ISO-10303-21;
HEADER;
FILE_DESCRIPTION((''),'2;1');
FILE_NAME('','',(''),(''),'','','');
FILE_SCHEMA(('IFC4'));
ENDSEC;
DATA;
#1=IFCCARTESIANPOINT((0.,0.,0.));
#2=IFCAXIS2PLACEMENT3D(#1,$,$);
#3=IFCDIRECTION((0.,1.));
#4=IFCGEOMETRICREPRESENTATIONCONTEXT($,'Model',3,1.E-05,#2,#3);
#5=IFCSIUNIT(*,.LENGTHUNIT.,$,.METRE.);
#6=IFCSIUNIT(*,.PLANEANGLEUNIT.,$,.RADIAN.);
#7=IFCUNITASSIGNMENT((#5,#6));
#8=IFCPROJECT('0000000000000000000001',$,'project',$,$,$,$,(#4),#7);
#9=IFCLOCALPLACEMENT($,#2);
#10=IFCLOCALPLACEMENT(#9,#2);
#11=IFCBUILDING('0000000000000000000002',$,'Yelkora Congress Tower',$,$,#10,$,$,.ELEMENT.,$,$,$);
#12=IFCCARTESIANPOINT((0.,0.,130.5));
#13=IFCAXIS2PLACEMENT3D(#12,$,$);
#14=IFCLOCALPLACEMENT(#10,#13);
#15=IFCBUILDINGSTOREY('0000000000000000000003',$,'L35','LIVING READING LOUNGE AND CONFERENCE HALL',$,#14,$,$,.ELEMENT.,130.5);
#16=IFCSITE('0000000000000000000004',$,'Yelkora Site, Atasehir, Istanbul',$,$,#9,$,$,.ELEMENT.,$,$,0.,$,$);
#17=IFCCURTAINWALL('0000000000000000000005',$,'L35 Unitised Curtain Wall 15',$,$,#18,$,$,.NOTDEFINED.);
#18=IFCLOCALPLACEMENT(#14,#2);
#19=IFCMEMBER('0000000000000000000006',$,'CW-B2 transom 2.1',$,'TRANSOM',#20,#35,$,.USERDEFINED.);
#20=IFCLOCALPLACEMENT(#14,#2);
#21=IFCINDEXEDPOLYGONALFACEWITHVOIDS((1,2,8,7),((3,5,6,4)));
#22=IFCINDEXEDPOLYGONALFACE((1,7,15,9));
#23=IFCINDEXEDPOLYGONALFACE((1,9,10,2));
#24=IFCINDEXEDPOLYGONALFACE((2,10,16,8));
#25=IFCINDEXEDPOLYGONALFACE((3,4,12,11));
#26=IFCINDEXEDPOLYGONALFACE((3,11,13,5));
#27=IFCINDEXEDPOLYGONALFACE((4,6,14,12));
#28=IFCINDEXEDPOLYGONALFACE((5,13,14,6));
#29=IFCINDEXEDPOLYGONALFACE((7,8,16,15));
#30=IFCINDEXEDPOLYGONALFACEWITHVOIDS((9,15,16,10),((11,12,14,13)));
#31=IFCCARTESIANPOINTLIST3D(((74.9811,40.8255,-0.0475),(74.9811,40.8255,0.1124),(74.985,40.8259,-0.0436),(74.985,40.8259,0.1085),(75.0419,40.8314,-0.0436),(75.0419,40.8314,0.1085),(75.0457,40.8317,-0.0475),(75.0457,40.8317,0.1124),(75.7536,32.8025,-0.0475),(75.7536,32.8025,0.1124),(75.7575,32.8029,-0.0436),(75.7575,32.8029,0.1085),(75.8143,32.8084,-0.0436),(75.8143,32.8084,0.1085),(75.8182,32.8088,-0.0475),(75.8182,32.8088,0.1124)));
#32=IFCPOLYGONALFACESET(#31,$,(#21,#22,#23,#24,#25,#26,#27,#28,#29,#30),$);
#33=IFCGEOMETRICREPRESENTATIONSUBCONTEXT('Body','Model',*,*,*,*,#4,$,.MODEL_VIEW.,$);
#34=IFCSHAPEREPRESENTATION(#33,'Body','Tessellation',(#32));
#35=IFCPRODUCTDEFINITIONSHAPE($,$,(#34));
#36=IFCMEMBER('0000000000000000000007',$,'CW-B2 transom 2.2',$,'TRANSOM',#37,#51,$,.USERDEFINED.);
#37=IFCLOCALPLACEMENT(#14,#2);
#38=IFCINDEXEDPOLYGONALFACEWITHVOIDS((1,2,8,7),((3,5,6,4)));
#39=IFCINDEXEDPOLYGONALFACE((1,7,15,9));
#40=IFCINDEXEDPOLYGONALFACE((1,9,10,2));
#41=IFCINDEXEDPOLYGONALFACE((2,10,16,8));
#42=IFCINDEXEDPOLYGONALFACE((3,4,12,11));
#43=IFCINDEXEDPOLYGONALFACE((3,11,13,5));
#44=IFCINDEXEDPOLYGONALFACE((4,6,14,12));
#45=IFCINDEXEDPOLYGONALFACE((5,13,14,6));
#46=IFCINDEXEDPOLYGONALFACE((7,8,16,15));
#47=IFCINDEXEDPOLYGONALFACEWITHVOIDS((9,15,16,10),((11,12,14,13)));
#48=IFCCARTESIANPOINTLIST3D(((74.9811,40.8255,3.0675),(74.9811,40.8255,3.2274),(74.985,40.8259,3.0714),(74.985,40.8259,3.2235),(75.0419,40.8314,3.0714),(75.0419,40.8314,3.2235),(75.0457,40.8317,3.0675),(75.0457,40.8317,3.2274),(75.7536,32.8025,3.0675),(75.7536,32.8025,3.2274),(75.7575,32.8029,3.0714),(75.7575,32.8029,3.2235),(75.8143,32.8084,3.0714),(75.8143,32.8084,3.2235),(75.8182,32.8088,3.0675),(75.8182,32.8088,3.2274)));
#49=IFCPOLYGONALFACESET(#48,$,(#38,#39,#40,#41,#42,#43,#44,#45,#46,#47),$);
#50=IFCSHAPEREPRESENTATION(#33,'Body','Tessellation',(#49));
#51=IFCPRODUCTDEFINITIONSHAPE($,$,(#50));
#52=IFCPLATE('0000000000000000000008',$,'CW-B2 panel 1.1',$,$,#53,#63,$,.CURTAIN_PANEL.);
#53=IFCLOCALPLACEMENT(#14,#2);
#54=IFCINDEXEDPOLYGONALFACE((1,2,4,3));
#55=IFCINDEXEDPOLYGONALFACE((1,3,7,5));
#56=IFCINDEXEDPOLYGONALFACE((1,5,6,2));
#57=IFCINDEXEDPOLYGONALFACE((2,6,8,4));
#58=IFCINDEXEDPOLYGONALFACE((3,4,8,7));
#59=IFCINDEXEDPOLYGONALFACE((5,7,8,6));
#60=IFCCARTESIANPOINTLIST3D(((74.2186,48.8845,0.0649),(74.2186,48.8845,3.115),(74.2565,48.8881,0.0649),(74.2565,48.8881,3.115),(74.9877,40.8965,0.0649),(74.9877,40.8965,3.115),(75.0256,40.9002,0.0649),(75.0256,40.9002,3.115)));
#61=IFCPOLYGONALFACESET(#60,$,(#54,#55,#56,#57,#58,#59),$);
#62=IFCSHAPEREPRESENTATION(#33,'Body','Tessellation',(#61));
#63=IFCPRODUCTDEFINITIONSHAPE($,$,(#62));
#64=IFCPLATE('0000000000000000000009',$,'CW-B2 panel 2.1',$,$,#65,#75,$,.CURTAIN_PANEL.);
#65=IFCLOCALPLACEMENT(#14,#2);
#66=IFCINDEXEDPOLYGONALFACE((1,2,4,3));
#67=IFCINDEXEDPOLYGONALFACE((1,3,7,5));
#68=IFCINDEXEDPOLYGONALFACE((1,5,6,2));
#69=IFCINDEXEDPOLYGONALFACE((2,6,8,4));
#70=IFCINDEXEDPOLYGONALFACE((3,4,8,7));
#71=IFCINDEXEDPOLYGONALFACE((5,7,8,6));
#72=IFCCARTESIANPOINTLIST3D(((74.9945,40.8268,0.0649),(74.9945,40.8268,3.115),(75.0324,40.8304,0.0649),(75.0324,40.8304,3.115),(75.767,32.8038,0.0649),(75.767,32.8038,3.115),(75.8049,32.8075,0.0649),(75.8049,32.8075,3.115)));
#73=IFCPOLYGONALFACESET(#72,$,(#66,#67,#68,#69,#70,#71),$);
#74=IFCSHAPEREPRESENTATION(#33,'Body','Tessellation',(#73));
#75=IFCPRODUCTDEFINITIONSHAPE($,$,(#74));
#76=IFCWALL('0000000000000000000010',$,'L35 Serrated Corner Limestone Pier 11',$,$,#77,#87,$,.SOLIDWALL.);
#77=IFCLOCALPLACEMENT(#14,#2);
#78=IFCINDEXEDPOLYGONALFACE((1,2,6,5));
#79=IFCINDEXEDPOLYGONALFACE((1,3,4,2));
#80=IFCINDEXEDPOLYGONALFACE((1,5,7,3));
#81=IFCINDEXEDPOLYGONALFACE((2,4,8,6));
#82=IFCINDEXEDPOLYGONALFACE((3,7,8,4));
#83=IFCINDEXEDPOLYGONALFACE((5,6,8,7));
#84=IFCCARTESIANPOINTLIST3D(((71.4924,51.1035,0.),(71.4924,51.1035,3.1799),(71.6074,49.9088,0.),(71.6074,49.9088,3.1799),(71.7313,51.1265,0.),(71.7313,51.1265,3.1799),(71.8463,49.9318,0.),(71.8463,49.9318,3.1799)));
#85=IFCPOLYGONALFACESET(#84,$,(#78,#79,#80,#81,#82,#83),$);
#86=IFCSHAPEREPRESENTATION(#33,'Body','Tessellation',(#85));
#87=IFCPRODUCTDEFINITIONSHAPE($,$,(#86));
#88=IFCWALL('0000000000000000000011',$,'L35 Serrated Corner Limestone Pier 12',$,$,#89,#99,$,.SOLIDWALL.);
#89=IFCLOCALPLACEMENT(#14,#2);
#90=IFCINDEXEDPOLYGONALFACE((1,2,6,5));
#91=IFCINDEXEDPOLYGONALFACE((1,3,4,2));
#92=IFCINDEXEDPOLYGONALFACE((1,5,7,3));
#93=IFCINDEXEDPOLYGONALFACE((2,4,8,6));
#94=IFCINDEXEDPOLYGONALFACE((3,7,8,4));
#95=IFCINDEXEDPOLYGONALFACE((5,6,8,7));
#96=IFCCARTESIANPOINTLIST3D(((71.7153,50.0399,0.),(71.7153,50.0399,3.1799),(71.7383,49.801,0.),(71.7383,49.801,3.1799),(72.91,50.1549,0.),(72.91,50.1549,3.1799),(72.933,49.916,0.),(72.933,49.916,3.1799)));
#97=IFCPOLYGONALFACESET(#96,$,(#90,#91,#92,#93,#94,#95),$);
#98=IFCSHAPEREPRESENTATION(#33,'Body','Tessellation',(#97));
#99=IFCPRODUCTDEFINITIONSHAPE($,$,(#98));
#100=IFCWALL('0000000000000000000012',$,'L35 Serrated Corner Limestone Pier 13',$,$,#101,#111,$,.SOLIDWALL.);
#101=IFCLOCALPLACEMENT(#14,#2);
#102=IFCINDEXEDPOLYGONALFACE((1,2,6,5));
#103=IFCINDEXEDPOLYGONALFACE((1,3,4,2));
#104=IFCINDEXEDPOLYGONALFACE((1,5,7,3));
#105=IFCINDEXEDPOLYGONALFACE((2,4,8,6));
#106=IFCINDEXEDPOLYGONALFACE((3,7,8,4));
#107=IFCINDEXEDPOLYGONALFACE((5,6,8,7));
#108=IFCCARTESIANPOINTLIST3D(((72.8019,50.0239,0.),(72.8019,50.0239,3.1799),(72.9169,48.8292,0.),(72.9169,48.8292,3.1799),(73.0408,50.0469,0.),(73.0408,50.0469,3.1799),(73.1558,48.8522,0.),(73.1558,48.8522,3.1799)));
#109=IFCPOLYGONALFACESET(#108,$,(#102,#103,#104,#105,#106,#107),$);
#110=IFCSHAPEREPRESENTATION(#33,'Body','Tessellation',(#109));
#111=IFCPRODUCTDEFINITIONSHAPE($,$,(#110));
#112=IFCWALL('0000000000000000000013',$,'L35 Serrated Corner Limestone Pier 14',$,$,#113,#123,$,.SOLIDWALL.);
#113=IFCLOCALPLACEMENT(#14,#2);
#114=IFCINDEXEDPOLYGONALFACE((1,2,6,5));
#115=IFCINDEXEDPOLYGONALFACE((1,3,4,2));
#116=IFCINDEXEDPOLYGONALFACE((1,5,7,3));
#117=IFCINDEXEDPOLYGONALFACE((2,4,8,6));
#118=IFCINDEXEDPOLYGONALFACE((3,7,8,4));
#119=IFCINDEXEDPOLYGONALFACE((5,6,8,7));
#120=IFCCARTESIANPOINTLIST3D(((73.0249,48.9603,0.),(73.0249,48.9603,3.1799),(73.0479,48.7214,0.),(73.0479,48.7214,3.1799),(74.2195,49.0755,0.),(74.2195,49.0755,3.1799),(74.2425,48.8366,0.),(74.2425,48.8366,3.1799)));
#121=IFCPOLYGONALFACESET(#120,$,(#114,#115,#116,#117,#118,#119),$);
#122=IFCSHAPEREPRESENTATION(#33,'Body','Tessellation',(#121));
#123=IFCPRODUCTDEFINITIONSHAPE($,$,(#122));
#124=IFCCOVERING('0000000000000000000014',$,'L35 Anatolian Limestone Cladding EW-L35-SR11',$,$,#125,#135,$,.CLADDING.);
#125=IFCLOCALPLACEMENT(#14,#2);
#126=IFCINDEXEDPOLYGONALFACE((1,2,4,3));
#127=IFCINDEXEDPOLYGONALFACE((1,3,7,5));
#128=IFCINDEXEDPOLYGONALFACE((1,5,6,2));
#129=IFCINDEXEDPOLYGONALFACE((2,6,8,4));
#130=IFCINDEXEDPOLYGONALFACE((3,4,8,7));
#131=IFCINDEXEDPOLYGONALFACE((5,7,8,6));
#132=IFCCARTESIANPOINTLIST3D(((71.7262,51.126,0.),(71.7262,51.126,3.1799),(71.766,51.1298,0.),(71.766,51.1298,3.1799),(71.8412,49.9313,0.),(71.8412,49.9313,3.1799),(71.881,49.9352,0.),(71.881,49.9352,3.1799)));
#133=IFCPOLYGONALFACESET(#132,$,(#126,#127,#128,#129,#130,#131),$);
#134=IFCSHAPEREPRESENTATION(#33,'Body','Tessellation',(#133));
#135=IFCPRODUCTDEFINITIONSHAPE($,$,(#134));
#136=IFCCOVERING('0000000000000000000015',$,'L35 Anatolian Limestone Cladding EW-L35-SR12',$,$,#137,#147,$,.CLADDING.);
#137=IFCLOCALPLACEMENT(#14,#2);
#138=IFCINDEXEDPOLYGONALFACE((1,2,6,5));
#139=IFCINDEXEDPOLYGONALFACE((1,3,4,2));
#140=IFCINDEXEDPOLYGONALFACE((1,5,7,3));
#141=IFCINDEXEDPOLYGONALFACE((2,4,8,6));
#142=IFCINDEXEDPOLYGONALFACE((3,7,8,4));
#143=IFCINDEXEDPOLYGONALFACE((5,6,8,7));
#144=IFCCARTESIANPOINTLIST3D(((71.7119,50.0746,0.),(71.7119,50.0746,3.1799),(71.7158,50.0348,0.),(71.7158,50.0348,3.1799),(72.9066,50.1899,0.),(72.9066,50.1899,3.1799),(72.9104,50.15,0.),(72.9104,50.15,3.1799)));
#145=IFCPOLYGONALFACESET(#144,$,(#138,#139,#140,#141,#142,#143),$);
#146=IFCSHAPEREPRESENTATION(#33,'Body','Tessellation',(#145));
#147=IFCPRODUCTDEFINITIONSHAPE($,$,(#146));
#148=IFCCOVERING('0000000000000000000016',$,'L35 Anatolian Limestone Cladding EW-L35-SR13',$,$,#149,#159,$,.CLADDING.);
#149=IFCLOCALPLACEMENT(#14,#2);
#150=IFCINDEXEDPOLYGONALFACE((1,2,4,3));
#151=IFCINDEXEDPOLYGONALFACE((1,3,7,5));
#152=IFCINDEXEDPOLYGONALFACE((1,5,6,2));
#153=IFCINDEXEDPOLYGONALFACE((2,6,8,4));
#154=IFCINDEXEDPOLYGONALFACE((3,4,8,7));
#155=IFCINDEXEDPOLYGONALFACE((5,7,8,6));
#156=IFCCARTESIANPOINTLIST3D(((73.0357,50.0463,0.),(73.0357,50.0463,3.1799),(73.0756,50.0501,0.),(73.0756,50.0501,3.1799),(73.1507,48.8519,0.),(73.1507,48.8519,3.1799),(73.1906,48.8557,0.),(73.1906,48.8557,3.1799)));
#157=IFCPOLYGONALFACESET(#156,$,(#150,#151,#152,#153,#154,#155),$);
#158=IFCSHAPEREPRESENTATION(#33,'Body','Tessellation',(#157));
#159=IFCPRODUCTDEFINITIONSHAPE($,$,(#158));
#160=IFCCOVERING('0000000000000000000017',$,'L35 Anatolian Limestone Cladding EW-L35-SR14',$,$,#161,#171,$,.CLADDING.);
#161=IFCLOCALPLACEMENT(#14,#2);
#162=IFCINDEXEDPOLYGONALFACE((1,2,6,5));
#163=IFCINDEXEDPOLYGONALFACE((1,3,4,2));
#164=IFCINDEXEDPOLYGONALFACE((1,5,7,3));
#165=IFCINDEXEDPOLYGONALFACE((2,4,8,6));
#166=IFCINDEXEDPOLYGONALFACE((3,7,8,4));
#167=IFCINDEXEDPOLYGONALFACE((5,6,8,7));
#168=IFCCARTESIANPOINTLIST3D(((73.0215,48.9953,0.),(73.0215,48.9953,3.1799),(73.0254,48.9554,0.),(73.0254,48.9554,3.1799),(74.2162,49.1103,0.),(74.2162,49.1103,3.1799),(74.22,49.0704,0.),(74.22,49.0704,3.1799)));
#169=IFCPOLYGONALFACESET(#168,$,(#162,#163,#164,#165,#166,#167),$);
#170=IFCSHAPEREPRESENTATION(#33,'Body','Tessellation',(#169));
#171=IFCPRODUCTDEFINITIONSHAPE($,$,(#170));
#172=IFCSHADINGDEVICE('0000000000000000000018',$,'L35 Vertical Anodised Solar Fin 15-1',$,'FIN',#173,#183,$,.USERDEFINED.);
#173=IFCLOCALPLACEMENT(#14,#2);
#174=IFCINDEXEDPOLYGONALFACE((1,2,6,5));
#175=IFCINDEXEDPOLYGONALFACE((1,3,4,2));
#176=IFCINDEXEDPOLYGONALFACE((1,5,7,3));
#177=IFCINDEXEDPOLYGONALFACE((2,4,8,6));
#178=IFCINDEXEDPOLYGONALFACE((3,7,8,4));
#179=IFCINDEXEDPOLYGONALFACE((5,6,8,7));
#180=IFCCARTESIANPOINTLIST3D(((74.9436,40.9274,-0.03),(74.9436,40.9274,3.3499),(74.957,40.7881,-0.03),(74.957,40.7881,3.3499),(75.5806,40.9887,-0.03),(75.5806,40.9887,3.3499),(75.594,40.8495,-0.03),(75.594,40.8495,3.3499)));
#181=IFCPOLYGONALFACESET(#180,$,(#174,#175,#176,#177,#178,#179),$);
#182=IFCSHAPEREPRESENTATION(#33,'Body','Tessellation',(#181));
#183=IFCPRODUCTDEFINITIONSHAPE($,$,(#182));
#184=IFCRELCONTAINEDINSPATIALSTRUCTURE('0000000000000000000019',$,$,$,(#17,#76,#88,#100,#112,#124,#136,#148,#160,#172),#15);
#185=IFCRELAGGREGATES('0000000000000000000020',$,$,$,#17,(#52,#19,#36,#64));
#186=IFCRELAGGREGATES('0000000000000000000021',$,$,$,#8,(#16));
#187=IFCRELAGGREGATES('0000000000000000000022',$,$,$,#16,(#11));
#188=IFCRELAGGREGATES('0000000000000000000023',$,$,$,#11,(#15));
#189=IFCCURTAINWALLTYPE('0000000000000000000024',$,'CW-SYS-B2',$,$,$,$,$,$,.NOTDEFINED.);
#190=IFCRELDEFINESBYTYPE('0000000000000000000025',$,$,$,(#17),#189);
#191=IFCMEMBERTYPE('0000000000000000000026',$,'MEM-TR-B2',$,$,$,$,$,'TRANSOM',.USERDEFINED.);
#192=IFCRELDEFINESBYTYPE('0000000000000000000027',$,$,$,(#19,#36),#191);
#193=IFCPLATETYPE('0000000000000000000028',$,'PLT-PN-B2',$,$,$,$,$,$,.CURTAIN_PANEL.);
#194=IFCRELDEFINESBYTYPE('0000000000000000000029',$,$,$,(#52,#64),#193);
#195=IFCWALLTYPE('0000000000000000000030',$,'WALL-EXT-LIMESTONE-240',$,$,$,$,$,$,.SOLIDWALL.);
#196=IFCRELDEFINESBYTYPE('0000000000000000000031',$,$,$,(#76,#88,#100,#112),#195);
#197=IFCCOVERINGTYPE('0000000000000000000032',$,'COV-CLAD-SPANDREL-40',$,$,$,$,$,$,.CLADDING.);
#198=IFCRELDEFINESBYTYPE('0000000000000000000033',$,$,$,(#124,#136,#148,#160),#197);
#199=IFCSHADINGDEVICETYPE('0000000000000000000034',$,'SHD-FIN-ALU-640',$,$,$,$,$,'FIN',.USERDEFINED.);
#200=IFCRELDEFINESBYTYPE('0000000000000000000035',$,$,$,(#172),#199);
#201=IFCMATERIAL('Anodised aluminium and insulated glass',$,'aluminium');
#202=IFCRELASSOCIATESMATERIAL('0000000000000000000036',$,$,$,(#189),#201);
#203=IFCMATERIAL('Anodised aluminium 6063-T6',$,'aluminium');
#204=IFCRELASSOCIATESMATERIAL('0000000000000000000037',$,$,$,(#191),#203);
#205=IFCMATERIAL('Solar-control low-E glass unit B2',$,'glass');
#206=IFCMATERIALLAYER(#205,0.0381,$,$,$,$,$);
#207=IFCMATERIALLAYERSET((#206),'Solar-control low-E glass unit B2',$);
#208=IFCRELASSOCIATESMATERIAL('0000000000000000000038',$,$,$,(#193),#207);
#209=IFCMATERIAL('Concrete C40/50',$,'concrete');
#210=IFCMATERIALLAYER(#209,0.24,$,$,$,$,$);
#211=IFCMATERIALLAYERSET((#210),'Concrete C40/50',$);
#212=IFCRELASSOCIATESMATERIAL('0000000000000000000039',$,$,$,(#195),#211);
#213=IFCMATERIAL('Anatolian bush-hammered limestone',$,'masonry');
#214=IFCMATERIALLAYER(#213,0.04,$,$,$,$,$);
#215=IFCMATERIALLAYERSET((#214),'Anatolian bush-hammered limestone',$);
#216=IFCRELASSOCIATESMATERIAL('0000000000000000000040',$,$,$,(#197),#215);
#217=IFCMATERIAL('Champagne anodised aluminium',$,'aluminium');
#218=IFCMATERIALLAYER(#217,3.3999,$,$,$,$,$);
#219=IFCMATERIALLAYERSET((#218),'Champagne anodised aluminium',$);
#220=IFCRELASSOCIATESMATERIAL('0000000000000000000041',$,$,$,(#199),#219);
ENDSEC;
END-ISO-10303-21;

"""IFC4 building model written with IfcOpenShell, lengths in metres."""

from ifc_helpers import new_model, si_unit, direction, frame, frame_2d, origin, origin_2d, place, context, subcontext, project, spatial, rectangle, hollow_rectangle, extrude, material, layer, layer_set, material_profile, profile_set, type_object, element, aggregate, save


model = new_model("IFC4")

# Units and contexts
model_context = context("Model", 3, precision=1e-05, world=origin(), true_north=direction((0.0, 1.0)))
body_context = subcontext(model_context, "Body", "Model", "MODEL_VIEW")
ifc_project = project(units=[si_unit("LENGTHUNIT", "METRE"), si_unit("PLANEANGLEUNIT", "RADIAN")], contexts=[model_context])

# Site, building, storey
site_placement = place(None, origin())
site = spatial("IfcSite", under=ifc_project, at=site_placement, Name="Yelkora Site, Atasehir, Istanbul", CompositionType="ELEMENT", RefElevation=0.0)
building_placement = place(site_placement, origin())
building = spatial("IfcBuilding", under=site, at=building_placement, Name="Yelkora Congress Tower", CompositionType="ELEMENT")
storey_placement = place(building_placement, frame((0.0, 0.0, 130.5)))
storey = spatial("IfcBuildingStorey", under=building, at=storey_placement, Name="L35", Description="LIVING READING LOUNGE AND CONFERENCE HALL", CompositionType="ELEMENT", Elevation=130.5)

# Shared definitions
ifc_material_1 = material(Name="Anodised aluminium and insulated glass", Category="aluminium")
curtain_wall_type = type_object("IfcCurtainWallType", Name="CW-SYS-B2", PredefinedType="NOTDEFINED", material=ifc_material_1)
ifc_material_2 = material(Name="Anodised aluminium 6063-T6", Category="aluminium")

# Curtain wall, members, plates
curtain_wall_1_placement = place(storey_placement, origin())
curtain_wall_1 = element("IfcCurtainWall", 1, at=curtain_wall_1_placement, inside=storey, type_object=curtain_wall_type, Name="L35 Unitised Curtain Wall 15", PredefinedType="NOTDEFINED")
ifc_material_profile_1 = material_profile(ifc_material_2, hollow_rectangle(XDim=0.0649, YDim=0.1599, WallThickness=0.0039, at=origin_2d()), Name="ALU 65x160x4")
ifc_profile_set_1 = profile_set([ifc_material_profile_1], Name="Anodised aluminium 6063-T6")
member_type_1 = type_object("IfcMemberType", Name="MEM-TR-B2", ElementType="TRANSOM", PredefinedType="USERDEFINED", material=ifc_profile_set_1)
member_1_placement = place(storey_placement, frame((75.0134, 40.8286, 0.0325), z_axis=(0.095838, -0.995397, 0.0), x_axis=(0.995397, 0.095838, 0.0)))
member_1 = element("IfcMember", 2, at=member_1_placement, type_object=member_type_1, Name="CW-B2 transom 2.1", ObjectType="TRANSOM", PredefinedType="USERDEFINED", context=body_context, shape_type="SweptSolid", body=[
    extrude(hollow_rectangle(XDim=0.0649, YDim=0.1599, WallThickness=0.0039, at=origin_2d()), origin(), (0.0, 0.0, 1.0), 8.0601),
])
member_2_placement = place(storey_placement, frame((75.0134, 40.8286, 3.1475), z_axis=(0.095838, -0.995397, 0.0), x_axis=(0.995397, 0.095838, 0.0)))
member_2 = element("IfcMember", 3, at=member_2_placement, type_object=member_type_1, Name="CW-B2 transom 2.2", ObjectType="TRANSOM", PredefinedType="USERDEFINED", context=body_context, shape_type="SweptSolid", body=[
    extrude(hollow_rectangle(XDim=0.0649, YDim=0.1599, WallThickness=0.0039, at=origin_2d()), origin(), (0.0, 0.0, 1.0), 8.0601),
])
ifc_material_3 = material(Name="Solar-control low-E glass unit B2", Category="glass")
ifc_layer_1 = layer(ifc_material_3, 0.0381)
ifc_layer_set_1 = layer_set([ifc_layer_1], Name="Solar-control low-E glass unit B2")
plate_type = type_object("IfcPlateType", Name="PLT-PN-B2", PredefinedType="CURTAIN_PANEL", material=ifc_layer_set_1)
plate_1_placement = place(storey_placement, frame((74.6221, 44.8923, 0.0649), z_axis=(0.0, 0.0, 1.0), x_axis=(0.095843, -0.995397, 0.0)))
plate_1 = element("IfcPlate", 4, at=plate_1_placement, type_object=plate_type, Name="CW-B2 panel 1.1", PredefinedType="CURTAIN_PANEL", context=body_context, shape_type="SweptSolid", body=[
    extrude(rectangle(XDim=8.0249, YDim=0.0381, at=origin_2d()), origin(), (0.0, 0.0, 1.0), 3.05),
])
plate_2_placement = place(storey_placement, frame((75.3997, 36.8171, 0.0649), z_axis=(0.0, 0.0, 1.0), x_axis=(0.095843, -0.995397, 0.0)))
plate_2 = element("IfcPlate", 5, at=plate_2_placement, type_object=plate_type, Name="CW-B2 panel 2.1", PredefinedType="CURTAIN_PANEL", context=body_context, shape_type="SweptSolid", body=[
    extrude(rectangle(XDim=8.0601, YDim=0.0381, at=origin_2d()), origin(), (0.0, 0.0, 1.0), 3.05),
])
aggregate(curtain_wall_1, [plate_1, member_1, member_2, plate_2])

# Walls
ifc_material_4 = material(Name="Concrete C40/50", Category="concrete")
ifc_layer_2 = layer(ifc_material_4, 0.24)
ifc_layer_set_2 = layer_set([ifc_layer_2], Name="Concrete C40/50")
wall_type = type_object("IfcWallType", Name="WALL-EXT-LIMESTONE-240", PredefinedType="SOLIDWALL", material=ifc_layer_set_2)
for number, where, z_axis, x_axis, name in (
    (6, (71.6118, 51.115, 0.0), (0.0, 0.0, 1.0), (0.095817, -0.995399, 0.0), "L35 Serrated Corner Limestone Pier 11"),
    (7, (71.7268, 49.9204, 0.0), (0.0, 0.0, 1.0), (0.995399, 0.095817, 0.0), "L35 Serrated Corner Limestone Pier 12"),
    (8, (72.9214, 50.0354, 0.0), (0.0, 0.0, 1.0), (0.095817, -0.995399, 0.0), "L35 Serrated Corner Limestone Pier 13"),
    (9, (73.0364, 48.8408, 0.0), (0.0, 0.0, 1.0), (0.99538, 0.096019, 0.0), "L35 Serrated Corner Limestone Pier 14"),
):
    element("IfcWall", number, at=place(storey_placement, frame(where, z_axis=z_axis, x_axis=x_axis)), inside=storey, type_object=wall_type, Name=name, PredefinedType="SOLIDWALL", context=body_context, shape_type="SweptSolid", body=[
        extrude(rectangle(XDim=1.2002, YDim=0.24, at=frame_2d((0.6001, 0.0))), origin(), (0.0, 0.0, 1.0), 3.1799),
    ])

# Coverings
ifc_material_5 = material(Name="Anatolian bush-hammered limestone", Category="masonry")
ifc_layer_3 = layer(ifc_material_5, 0.04)
ifc_layer_set_3 = layer_set([ifc_layer_3], Name="Anatolian bush-hammered limestone")
covering_type = type_object("IfcCoveringType", Name="COV-CLAD-SPANDREL-40", PredefinedType="CLADDING", material=ifc_layer_set_3)
for number, where, z_axis, x_axis, name in (
    (10, (71.7461, 51.1279, 0.0), (0.0, 0.0, 1.0), (0.095817, -0.995399, 0.0), "L35 Anatolian Limestone Cladding EW-L35-SR11"),
    (11, (71.7139, 50.0547, 0.0), (0.0, 0.0, 1.0), (0.99538, 0.096019, 0.0), "L35 Anatolian Limestone Cladding EW-L35-SR12"),
):
    element("IfcCovering", number, at=place(storey_placement, frame(where, z_axis=z_axis, x_axis=x_axis)), inside=storey, type_object=covering_type, Name=name, PredefinedType="CLADDING", context=body_context, shape_type="SweptSolid", body=[
        extrude(rectangle(XDim=1.2002, YDim=0.04, at=frame_2d((0.6001, 0.0))), origin(), (0.0, 0.0, 1.0), 3.1799),
    ])
covering_1_placement = place(storey_placement, frame((73.0557, 50.0483, 0.0), z_axis=(0.0, 0.0, 1.0), x_axis=(0.095836, -0.995397, 0.0)))
element("IfcCovering", 12, at=covering_1_placement, inside=storey, type_object=covering_type, Name="L35 Anatolian Limestone Cladding EW-L35-SR13", PredefinedType="CLADDING", context=body_context, shape_type="SweptSolid", body=[
    extrude(rectangle(XDim=1.2, YDim=0.04, at=frame_2d((0.6001, 0.0))), origin(), (0.0, 0.0, 1.0), 3.1799),
])
covering_2_placement = place(storey_placement, frame((73.0234, 48.9753, 0.0), z_axis=(0.0, 0.0, 1.0), x_axis=(0.995399, 0.095817, 0.0)))
element("IfcCovering", 13, at=covering_2_placement, inside=storey, type_object=covering_type, Name="L35 Anatolian Limestone Cladding EW-L35-SR14", PredefinedType="CLADDING", context=body_context, shape_type="SweptSolid", body=[
    extrude(rectangle(XDim=1.2002, YDim=0.04, at=frame_2d((0.6001, 0.0))), origin(), (0.0, 0.0, 1.0), 3.1799),
])

# Shading device
ifc_material_6 = material(Name="Champagne anodised aluminium", Category="aluminium")
ifc_layer_4 = layer(ifc_material_6, 3.3999)
ifc_layer_set_4 = layer_set([ifc_layer_4], Name="Champagne anodised aluminium")
shading_device_type = type_object("IfcShadingDeviceType", Name="SHD-FIN-ALU-640", ElementType="FIN", PredefinedType="USERDEFINED", material=ifc_layer_set_4)
shading_device_placement = place(storey_placement, frame((75.2688, 40.8884, -0.03), z_axis=(0.0, 0.0, 1.0), x_axis=(0.095846, -0.995396, 0.0)))
element("IfcShadingDevice", 14, at=shading_device_placement, inside=storey, type_object=shading_device_type, Name="L35 Vertical Anodised Solar Fin 15-1", ObjectType="FIN", PredefinedType="USERDEFINED", context=body_context, shape_type="SweptSolid", body=[
    extrude(rectangle(XDim=0.1399, YDim=0.6399, at=origin_2d()), origin(), (0.0, 0.0, 1.0), 3.3799),
])

save(model, "model.ifc")
